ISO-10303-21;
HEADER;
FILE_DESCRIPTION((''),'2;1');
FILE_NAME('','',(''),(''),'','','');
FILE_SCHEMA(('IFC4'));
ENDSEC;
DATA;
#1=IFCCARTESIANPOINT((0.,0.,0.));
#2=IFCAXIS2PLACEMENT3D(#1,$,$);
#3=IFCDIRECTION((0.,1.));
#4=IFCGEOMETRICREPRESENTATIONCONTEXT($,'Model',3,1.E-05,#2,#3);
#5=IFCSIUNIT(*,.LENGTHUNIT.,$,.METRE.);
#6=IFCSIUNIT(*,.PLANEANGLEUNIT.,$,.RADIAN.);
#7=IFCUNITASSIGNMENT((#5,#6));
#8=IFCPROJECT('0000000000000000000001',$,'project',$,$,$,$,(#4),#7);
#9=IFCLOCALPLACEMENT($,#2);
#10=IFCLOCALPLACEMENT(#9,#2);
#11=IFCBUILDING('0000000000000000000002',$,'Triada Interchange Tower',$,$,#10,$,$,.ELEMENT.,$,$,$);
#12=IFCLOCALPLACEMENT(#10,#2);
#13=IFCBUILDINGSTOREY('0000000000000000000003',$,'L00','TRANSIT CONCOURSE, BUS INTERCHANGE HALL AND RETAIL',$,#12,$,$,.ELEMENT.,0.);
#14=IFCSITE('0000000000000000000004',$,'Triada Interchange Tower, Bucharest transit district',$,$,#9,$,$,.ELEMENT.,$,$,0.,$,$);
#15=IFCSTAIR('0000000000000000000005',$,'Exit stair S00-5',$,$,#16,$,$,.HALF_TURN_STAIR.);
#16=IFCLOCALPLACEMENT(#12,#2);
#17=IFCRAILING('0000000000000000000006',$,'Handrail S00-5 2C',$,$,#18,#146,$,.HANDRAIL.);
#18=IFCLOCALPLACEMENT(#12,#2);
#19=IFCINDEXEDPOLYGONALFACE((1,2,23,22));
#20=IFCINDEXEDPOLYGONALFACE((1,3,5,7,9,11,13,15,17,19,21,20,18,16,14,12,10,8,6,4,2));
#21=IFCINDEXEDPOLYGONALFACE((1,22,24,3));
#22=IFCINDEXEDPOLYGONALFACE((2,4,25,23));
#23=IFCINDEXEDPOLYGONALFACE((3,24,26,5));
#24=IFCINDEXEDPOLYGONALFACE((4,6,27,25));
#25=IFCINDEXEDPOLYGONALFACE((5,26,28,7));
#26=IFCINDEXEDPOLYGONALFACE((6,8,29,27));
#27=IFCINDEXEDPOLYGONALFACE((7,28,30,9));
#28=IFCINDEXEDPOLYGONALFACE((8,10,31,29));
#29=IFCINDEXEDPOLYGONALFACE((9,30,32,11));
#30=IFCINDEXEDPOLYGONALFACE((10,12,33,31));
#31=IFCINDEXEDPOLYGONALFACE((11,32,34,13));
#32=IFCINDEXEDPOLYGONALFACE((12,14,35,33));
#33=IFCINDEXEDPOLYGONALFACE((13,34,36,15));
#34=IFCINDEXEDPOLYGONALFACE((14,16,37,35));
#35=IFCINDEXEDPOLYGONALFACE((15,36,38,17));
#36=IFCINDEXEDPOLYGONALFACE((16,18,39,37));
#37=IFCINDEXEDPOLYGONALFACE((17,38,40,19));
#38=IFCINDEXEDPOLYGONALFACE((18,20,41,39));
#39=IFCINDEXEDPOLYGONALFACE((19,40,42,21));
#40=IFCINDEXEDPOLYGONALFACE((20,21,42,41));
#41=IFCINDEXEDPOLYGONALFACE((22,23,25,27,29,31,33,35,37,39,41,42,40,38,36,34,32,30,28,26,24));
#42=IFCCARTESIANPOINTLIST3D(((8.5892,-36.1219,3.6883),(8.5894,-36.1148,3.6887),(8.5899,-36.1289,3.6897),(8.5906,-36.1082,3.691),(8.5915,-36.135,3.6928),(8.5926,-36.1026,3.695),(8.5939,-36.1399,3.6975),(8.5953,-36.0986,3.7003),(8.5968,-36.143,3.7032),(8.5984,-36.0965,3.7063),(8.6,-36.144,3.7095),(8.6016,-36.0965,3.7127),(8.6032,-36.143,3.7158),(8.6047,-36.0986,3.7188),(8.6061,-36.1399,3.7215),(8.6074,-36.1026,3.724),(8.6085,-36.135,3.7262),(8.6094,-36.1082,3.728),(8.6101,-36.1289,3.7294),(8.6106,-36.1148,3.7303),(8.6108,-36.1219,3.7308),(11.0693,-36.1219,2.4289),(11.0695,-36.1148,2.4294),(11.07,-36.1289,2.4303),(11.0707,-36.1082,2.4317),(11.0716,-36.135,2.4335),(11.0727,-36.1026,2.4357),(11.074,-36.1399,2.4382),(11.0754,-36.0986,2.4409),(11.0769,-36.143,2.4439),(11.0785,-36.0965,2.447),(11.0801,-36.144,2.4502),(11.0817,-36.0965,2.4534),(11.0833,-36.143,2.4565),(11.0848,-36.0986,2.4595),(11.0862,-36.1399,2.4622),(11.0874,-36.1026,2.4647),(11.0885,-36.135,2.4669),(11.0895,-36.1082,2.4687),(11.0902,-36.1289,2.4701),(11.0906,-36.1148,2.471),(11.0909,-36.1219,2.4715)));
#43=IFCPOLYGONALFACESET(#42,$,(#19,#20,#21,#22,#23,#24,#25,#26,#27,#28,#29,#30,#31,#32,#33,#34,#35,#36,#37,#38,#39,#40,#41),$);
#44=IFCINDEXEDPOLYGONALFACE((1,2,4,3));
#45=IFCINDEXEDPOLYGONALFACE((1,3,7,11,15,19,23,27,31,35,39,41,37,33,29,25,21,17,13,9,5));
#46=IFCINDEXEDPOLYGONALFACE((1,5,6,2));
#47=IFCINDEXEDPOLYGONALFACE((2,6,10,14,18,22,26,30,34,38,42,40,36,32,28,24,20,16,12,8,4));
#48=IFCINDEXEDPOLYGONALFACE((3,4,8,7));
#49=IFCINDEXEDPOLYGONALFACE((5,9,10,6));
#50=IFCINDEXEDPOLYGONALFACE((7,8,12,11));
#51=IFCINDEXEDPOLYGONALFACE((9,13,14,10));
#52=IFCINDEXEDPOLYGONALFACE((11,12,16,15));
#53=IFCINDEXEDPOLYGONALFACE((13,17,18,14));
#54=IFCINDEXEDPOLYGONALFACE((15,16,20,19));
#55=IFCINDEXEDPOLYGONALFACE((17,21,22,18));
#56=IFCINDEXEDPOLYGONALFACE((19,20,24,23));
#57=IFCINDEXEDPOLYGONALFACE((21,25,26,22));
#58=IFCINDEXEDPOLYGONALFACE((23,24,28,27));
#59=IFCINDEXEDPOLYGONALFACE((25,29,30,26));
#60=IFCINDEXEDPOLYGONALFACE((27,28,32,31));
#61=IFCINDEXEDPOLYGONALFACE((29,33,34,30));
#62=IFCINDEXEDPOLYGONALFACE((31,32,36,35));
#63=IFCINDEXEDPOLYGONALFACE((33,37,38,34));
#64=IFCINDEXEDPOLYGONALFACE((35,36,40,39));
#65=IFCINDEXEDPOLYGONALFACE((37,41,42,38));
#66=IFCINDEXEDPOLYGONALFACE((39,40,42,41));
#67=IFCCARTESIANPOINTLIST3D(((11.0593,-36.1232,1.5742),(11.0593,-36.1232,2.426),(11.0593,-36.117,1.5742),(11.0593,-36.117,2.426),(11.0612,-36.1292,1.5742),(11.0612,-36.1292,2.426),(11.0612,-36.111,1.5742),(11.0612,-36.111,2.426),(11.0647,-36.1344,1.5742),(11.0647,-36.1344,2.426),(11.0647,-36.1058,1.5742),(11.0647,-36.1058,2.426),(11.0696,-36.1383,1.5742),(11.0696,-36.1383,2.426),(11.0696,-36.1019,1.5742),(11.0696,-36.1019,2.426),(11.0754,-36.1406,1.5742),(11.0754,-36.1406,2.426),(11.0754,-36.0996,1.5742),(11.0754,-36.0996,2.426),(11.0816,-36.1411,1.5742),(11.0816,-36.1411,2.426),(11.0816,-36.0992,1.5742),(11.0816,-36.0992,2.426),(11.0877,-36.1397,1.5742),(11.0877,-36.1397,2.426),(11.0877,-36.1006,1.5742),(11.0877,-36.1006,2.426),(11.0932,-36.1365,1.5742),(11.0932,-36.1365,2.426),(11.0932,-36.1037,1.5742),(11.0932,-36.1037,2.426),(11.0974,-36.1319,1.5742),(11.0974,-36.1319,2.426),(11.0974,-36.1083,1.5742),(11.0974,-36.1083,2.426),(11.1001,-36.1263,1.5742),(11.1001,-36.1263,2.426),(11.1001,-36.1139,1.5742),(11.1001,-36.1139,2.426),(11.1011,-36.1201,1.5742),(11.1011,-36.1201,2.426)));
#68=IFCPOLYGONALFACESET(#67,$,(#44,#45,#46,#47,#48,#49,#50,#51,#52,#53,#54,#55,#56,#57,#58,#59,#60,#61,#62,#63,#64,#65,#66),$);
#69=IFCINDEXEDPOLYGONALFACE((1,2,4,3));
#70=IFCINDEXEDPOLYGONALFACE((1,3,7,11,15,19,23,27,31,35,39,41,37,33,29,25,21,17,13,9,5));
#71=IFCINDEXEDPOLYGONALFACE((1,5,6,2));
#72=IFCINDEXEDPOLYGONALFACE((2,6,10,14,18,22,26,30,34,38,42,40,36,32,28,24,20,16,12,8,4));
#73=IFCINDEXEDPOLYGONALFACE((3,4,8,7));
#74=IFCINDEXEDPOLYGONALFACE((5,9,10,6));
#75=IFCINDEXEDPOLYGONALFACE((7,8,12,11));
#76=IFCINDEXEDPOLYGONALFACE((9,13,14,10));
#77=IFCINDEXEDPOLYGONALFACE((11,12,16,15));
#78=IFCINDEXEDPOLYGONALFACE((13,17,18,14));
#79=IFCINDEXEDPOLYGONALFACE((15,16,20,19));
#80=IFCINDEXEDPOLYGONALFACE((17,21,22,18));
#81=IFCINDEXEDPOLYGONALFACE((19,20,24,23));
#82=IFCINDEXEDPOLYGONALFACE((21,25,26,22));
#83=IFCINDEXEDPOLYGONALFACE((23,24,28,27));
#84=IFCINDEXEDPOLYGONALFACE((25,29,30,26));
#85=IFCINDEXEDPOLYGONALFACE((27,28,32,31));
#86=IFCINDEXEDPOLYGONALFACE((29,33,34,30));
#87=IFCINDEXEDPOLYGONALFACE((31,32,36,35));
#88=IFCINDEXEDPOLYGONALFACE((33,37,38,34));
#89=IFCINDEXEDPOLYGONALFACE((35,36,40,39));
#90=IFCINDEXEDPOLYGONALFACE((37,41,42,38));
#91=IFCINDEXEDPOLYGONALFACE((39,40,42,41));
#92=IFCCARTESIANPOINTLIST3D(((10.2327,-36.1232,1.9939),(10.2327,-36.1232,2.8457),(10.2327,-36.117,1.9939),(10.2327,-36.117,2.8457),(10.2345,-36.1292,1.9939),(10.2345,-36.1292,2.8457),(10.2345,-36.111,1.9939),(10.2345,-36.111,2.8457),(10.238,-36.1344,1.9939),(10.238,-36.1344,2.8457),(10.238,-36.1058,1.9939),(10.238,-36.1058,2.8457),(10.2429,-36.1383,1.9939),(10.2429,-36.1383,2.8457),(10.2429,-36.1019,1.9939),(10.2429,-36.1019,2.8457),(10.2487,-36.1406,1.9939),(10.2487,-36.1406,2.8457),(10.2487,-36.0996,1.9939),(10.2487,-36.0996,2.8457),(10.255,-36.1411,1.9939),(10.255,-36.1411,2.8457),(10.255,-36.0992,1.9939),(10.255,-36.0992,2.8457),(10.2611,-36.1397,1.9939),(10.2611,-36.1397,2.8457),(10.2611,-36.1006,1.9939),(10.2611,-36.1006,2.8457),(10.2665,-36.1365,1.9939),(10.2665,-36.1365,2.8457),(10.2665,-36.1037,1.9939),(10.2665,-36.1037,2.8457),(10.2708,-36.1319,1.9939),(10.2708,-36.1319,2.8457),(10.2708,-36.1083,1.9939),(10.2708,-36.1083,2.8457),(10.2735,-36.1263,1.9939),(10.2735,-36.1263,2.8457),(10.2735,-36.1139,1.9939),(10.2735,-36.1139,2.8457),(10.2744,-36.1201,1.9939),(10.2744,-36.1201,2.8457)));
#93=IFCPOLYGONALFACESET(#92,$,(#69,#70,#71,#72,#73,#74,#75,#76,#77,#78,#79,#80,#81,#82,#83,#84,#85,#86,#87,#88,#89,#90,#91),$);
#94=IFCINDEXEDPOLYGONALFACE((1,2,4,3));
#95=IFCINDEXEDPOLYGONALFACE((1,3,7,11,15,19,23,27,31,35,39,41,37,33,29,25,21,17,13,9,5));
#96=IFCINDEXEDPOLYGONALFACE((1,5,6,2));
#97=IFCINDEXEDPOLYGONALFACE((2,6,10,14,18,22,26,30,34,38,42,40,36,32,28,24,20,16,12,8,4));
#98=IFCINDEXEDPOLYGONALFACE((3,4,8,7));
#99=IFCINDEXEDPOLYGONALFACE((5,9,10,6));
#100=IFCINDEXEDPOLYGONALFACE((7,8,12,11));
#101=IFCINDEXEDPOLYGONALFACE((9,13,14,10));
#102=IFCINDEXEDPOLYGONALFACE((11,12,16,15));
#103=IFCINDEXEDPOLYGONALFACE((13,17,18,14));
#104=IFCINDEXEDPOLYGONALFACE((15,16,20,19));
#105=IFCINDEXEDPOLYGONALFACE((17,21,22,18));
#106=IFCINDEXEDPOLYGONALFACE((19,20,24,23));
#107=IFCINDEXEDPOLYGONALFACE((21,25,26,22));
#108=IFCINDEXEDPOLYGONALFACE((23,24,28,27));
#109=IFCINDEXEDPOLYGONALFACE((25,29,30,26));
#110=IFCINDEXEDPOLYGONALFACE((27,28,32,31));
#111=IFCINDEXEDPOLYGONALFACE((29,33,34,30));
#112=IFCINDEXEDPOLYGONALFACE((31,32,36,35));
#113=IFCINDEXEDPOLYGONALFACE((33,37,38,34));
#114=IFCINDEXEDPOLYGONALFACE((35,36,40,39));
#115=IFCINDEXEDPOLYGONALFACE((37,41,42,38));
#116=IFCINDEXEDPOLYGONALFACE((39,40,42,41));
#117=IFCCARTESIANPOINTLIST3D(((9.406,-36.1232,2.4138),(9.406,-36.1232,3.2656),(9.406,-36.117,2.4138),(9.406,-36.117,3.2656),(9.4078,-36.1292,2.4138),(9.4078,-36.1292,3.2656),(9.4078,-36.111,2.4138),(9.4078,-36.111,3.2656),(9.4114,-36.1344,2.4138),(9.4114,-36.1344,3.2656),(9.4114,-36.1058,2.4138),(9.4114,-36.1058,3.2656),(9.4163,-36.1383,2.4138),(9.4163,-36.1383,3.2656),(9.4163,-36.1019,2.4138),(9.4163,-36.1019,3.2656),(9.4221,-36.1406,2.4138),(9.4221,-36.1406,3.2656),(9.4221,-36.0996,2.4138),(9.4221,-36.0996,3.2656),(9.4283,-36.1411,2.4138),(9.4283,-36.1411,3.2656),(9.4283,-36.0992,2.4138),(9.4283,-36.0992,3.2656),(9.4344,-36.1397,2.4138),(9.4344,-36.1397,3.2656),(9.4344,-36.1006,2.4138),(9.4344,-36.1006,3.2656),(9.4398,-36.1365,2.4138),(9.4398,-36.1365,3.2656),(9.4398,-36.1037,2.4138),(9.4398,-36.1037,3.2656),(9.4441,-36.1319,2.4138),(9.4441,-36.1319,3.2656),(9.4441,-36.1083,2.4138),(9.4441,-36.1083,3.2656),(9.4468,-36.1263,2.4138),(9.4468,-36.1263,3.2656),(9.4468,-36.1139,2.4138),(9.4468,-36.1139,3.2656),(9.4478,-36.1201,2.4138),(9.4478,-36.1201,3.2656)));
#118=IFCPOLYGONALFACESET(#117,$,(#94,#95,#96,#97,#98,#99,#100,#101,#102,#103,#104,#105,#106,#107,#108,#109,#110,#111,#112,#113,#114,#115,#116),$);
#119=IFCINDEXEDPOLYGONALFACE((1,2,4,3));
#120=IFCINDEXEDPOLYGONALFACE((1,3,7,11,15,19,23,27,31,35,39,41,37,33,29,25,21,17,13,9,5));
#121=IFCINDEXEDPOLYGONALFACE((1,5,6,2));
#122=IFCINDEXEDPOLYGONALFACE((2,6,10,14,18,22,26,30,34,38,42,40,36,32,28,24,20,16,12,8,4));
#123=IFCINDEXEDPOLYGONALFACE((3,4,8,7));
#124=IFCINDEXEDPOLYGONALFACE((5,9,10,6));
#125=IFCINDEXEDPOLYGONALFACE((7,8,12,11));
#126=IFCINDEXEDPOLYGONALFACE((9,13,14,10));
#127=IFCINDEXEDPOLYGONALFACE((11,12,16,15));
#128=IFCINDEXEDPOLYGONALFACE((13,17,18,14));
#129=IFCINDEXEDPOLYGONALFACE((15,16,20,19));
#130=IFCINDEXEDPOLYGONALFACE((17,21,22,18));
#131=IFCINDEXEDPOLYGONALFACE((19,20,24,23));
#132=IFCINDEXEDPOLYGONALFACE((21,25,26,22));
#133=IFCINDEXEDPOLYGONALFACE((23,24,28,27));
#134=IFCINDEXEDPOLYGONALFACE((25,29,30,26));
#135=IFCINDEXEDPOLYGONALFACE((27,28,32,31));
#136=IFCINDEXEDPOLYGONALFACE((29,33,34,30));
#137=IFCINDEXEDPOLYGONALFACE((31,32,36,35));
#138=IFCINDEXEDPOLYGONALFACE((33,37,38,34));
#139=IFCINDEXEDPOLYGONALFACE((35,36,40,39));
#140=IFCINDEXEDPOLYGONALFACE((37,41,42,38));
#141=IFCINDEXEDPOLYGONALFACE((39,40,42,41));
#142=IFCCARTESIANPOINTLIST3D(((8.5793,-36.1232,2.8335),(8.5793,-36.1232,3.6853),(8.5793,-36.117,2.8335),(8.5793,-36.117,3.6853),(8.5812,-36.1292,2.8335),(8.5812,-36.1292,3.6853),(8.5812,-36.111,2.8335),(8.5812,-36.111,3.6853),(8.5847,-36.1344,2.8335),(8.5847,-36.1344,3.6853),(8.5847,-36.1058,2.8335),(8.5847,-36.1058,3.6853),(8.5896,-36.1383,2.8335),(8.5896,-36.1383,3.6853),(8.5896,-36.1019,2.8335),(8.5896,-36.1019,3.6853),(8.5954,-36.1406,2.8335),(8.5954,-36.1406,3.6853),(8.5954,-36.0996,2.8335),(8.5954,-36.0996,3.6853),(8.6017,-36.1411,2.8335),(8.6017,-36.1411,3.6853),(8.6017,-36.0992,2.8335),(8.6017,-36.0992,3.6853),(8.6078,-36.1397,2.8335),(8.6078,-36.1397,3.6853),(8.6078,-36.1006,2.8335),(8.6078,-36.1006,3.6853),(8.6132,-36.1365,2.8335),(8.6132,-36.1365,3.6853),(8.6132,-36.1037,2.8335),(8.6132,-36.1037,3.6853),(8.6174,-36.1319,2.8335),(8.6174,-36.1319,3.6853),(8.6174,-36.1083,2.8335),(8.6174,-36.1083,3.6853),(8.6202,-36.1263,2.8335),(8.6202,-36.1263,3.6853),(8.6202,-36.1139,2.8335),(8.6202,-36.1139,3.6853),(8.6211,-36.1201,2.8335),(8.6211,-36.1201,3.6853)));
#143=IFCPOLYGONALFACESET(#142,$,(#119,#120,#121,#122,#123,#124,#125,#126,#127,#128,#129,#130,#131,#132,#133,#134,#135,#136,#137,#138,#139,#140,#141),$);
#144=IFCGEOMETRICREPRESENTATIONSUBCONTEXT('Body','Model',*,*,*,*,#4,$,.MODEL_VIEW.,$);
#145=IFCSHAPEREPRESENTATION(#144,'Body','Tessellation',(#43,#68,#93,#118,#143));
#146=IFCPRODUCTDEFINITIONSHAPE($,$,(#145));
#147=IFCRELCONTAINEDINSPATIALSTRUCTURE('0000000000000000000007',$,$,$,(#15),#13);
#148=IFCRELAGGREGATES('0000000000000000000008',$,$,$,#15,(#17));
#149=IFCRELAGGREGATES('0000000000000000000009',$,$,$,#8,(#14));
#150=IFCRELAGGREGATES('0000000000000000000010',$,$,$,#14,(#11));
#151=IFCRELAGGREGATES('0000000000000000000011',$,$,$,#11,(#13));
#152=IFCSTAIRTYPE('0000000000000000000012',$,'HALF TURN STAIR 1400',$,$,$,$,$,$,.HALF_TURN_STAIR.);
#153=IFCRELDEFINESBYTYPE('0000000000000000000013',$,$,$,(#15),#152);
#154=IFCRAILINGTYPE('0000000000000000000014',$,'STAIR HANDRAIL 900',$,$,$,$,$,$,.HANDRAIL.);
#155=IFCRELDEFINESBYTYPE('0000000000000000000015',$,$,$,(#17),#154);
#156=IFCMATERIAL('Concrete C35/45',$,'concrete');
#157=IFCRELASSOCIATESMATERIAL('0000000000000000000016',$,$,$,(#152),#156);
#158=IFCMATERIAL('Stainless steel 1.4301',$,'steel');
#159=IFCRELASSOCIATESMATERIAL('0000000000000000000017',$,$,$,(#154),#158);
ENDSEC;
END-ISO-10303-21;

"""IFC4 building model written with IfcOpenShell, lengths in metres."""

from ifc_helpers import new_model, si_unit, direction, frame, origin, origin_2d, place, context, subcontext, project, spatial, circle, extrude, material, type_object, element, aggregate, save


model = new_model("IFC4")

# Units and contexts
model_context = context("Model", 3, precision=1e-05, world=origin(), true_north=direction((0.0, 1.0)))
body_context = subcontext(model_context, "Body", "Model", "MODEL_VIEW")
ifc_project = project(units=[si_unit("LENGTHUNIT", "METRE"), si_unit("PLANEANGLEUNIT", "RADIAN")], contexts=[model_context])

# Site, building, storey
site_placement = place(None, origin())
site = spatial("IfcSite", under=ifc_project, at=site_placement, Name="Triada Interchange Tower, Bucharest transit district", CompositionType="ELEMENT", RefElevation=0.0)
building_placement = place(site_placement, origin())
building = spatial("IfcBuilding", under=site, at=building_placement, Name="Triada Interchange Tower", CompositionType="ELEMENT")
storey_placement = place(building_placement, origin())
storey = spatial("IfcBuildingStorey", under=building, at=storey_placement, Name="L00", Description="TRANSIT CONCOURSE, BUS INTERCHANGE HALL AND RETAIL", CompositionType="ELEMENT", Elevation=0.0)

# Shared definitions
ifc_material_1 = material(Name="Concrete C35/45", Category="concrete")

# Stair, railing
stair_type = type_object("IfcStairType", Name="HALF TURN STAIR 1400", PredefinedType="HALF_TURN_STAIR", material=ifc_material_1)
stair_1_placement = place(storey_placement, origin())
stair_1 = element("IfcStair", 1, at=stair_1_placement, inside=storey, type_object=stair_type, Name="Exit stair S00-5", PredefinedType="HALF_TURN_STAIR")
ifc_material_2 = material(Name="Stainless steel 1.4301", Category="steel")
railing_type_1 = type_object("IfcRailingType", Name="STAIR HANDRAIL 900", PredefinedType="HANDRAIL", material=ifc_material_2)
railing_1_placement = place(storey_placement, frame((11.0801, -36.1201, 1.5742)))
railing_1 = element("IfcRailing", 2, at=railing_1_placement, type_object=railing_type_1, Name="Handrail S00-5 2C", PredefinedType="HANDRAIL", context=body_context, shape_type="SweptSolid", body=[
    extrude(circle(Radius=0.0239, at=origin_2d()), frame((0.0, 0.0, 0.876), z_axis=(-0.891636, 0.0, 0.452752), x_axis=(0.0, -1.0, 0.0)), (0.0, 0.0, 1.0), 2.7815),
    extrude(circle(Radius=0.021, at=origin_2d()), origin(), (0.0, 0.0, 1.0), 0.8518),
    extrude(circle(Radius=0.021, at=origin_2d()), frame((-0.8267, 0.0, 0.4197)), (0.0, 0.0, 1.0), 0.8518),
    extrude(circle(Radius=0.021, at=origin_2d()), frame((-1.6533, 0.0, 0.8396)), (0.0, 0.0, 1.0), 0.8518),
    extrude(circle(Radius=0.021, at=origin_2d()), frame((-2.48, 0.0, 1.2593)), (0.0, 0.0, 1.0), 0.8518),
])
aggregate(stair_1, [railing_1])

save(model, "model.ifc")
